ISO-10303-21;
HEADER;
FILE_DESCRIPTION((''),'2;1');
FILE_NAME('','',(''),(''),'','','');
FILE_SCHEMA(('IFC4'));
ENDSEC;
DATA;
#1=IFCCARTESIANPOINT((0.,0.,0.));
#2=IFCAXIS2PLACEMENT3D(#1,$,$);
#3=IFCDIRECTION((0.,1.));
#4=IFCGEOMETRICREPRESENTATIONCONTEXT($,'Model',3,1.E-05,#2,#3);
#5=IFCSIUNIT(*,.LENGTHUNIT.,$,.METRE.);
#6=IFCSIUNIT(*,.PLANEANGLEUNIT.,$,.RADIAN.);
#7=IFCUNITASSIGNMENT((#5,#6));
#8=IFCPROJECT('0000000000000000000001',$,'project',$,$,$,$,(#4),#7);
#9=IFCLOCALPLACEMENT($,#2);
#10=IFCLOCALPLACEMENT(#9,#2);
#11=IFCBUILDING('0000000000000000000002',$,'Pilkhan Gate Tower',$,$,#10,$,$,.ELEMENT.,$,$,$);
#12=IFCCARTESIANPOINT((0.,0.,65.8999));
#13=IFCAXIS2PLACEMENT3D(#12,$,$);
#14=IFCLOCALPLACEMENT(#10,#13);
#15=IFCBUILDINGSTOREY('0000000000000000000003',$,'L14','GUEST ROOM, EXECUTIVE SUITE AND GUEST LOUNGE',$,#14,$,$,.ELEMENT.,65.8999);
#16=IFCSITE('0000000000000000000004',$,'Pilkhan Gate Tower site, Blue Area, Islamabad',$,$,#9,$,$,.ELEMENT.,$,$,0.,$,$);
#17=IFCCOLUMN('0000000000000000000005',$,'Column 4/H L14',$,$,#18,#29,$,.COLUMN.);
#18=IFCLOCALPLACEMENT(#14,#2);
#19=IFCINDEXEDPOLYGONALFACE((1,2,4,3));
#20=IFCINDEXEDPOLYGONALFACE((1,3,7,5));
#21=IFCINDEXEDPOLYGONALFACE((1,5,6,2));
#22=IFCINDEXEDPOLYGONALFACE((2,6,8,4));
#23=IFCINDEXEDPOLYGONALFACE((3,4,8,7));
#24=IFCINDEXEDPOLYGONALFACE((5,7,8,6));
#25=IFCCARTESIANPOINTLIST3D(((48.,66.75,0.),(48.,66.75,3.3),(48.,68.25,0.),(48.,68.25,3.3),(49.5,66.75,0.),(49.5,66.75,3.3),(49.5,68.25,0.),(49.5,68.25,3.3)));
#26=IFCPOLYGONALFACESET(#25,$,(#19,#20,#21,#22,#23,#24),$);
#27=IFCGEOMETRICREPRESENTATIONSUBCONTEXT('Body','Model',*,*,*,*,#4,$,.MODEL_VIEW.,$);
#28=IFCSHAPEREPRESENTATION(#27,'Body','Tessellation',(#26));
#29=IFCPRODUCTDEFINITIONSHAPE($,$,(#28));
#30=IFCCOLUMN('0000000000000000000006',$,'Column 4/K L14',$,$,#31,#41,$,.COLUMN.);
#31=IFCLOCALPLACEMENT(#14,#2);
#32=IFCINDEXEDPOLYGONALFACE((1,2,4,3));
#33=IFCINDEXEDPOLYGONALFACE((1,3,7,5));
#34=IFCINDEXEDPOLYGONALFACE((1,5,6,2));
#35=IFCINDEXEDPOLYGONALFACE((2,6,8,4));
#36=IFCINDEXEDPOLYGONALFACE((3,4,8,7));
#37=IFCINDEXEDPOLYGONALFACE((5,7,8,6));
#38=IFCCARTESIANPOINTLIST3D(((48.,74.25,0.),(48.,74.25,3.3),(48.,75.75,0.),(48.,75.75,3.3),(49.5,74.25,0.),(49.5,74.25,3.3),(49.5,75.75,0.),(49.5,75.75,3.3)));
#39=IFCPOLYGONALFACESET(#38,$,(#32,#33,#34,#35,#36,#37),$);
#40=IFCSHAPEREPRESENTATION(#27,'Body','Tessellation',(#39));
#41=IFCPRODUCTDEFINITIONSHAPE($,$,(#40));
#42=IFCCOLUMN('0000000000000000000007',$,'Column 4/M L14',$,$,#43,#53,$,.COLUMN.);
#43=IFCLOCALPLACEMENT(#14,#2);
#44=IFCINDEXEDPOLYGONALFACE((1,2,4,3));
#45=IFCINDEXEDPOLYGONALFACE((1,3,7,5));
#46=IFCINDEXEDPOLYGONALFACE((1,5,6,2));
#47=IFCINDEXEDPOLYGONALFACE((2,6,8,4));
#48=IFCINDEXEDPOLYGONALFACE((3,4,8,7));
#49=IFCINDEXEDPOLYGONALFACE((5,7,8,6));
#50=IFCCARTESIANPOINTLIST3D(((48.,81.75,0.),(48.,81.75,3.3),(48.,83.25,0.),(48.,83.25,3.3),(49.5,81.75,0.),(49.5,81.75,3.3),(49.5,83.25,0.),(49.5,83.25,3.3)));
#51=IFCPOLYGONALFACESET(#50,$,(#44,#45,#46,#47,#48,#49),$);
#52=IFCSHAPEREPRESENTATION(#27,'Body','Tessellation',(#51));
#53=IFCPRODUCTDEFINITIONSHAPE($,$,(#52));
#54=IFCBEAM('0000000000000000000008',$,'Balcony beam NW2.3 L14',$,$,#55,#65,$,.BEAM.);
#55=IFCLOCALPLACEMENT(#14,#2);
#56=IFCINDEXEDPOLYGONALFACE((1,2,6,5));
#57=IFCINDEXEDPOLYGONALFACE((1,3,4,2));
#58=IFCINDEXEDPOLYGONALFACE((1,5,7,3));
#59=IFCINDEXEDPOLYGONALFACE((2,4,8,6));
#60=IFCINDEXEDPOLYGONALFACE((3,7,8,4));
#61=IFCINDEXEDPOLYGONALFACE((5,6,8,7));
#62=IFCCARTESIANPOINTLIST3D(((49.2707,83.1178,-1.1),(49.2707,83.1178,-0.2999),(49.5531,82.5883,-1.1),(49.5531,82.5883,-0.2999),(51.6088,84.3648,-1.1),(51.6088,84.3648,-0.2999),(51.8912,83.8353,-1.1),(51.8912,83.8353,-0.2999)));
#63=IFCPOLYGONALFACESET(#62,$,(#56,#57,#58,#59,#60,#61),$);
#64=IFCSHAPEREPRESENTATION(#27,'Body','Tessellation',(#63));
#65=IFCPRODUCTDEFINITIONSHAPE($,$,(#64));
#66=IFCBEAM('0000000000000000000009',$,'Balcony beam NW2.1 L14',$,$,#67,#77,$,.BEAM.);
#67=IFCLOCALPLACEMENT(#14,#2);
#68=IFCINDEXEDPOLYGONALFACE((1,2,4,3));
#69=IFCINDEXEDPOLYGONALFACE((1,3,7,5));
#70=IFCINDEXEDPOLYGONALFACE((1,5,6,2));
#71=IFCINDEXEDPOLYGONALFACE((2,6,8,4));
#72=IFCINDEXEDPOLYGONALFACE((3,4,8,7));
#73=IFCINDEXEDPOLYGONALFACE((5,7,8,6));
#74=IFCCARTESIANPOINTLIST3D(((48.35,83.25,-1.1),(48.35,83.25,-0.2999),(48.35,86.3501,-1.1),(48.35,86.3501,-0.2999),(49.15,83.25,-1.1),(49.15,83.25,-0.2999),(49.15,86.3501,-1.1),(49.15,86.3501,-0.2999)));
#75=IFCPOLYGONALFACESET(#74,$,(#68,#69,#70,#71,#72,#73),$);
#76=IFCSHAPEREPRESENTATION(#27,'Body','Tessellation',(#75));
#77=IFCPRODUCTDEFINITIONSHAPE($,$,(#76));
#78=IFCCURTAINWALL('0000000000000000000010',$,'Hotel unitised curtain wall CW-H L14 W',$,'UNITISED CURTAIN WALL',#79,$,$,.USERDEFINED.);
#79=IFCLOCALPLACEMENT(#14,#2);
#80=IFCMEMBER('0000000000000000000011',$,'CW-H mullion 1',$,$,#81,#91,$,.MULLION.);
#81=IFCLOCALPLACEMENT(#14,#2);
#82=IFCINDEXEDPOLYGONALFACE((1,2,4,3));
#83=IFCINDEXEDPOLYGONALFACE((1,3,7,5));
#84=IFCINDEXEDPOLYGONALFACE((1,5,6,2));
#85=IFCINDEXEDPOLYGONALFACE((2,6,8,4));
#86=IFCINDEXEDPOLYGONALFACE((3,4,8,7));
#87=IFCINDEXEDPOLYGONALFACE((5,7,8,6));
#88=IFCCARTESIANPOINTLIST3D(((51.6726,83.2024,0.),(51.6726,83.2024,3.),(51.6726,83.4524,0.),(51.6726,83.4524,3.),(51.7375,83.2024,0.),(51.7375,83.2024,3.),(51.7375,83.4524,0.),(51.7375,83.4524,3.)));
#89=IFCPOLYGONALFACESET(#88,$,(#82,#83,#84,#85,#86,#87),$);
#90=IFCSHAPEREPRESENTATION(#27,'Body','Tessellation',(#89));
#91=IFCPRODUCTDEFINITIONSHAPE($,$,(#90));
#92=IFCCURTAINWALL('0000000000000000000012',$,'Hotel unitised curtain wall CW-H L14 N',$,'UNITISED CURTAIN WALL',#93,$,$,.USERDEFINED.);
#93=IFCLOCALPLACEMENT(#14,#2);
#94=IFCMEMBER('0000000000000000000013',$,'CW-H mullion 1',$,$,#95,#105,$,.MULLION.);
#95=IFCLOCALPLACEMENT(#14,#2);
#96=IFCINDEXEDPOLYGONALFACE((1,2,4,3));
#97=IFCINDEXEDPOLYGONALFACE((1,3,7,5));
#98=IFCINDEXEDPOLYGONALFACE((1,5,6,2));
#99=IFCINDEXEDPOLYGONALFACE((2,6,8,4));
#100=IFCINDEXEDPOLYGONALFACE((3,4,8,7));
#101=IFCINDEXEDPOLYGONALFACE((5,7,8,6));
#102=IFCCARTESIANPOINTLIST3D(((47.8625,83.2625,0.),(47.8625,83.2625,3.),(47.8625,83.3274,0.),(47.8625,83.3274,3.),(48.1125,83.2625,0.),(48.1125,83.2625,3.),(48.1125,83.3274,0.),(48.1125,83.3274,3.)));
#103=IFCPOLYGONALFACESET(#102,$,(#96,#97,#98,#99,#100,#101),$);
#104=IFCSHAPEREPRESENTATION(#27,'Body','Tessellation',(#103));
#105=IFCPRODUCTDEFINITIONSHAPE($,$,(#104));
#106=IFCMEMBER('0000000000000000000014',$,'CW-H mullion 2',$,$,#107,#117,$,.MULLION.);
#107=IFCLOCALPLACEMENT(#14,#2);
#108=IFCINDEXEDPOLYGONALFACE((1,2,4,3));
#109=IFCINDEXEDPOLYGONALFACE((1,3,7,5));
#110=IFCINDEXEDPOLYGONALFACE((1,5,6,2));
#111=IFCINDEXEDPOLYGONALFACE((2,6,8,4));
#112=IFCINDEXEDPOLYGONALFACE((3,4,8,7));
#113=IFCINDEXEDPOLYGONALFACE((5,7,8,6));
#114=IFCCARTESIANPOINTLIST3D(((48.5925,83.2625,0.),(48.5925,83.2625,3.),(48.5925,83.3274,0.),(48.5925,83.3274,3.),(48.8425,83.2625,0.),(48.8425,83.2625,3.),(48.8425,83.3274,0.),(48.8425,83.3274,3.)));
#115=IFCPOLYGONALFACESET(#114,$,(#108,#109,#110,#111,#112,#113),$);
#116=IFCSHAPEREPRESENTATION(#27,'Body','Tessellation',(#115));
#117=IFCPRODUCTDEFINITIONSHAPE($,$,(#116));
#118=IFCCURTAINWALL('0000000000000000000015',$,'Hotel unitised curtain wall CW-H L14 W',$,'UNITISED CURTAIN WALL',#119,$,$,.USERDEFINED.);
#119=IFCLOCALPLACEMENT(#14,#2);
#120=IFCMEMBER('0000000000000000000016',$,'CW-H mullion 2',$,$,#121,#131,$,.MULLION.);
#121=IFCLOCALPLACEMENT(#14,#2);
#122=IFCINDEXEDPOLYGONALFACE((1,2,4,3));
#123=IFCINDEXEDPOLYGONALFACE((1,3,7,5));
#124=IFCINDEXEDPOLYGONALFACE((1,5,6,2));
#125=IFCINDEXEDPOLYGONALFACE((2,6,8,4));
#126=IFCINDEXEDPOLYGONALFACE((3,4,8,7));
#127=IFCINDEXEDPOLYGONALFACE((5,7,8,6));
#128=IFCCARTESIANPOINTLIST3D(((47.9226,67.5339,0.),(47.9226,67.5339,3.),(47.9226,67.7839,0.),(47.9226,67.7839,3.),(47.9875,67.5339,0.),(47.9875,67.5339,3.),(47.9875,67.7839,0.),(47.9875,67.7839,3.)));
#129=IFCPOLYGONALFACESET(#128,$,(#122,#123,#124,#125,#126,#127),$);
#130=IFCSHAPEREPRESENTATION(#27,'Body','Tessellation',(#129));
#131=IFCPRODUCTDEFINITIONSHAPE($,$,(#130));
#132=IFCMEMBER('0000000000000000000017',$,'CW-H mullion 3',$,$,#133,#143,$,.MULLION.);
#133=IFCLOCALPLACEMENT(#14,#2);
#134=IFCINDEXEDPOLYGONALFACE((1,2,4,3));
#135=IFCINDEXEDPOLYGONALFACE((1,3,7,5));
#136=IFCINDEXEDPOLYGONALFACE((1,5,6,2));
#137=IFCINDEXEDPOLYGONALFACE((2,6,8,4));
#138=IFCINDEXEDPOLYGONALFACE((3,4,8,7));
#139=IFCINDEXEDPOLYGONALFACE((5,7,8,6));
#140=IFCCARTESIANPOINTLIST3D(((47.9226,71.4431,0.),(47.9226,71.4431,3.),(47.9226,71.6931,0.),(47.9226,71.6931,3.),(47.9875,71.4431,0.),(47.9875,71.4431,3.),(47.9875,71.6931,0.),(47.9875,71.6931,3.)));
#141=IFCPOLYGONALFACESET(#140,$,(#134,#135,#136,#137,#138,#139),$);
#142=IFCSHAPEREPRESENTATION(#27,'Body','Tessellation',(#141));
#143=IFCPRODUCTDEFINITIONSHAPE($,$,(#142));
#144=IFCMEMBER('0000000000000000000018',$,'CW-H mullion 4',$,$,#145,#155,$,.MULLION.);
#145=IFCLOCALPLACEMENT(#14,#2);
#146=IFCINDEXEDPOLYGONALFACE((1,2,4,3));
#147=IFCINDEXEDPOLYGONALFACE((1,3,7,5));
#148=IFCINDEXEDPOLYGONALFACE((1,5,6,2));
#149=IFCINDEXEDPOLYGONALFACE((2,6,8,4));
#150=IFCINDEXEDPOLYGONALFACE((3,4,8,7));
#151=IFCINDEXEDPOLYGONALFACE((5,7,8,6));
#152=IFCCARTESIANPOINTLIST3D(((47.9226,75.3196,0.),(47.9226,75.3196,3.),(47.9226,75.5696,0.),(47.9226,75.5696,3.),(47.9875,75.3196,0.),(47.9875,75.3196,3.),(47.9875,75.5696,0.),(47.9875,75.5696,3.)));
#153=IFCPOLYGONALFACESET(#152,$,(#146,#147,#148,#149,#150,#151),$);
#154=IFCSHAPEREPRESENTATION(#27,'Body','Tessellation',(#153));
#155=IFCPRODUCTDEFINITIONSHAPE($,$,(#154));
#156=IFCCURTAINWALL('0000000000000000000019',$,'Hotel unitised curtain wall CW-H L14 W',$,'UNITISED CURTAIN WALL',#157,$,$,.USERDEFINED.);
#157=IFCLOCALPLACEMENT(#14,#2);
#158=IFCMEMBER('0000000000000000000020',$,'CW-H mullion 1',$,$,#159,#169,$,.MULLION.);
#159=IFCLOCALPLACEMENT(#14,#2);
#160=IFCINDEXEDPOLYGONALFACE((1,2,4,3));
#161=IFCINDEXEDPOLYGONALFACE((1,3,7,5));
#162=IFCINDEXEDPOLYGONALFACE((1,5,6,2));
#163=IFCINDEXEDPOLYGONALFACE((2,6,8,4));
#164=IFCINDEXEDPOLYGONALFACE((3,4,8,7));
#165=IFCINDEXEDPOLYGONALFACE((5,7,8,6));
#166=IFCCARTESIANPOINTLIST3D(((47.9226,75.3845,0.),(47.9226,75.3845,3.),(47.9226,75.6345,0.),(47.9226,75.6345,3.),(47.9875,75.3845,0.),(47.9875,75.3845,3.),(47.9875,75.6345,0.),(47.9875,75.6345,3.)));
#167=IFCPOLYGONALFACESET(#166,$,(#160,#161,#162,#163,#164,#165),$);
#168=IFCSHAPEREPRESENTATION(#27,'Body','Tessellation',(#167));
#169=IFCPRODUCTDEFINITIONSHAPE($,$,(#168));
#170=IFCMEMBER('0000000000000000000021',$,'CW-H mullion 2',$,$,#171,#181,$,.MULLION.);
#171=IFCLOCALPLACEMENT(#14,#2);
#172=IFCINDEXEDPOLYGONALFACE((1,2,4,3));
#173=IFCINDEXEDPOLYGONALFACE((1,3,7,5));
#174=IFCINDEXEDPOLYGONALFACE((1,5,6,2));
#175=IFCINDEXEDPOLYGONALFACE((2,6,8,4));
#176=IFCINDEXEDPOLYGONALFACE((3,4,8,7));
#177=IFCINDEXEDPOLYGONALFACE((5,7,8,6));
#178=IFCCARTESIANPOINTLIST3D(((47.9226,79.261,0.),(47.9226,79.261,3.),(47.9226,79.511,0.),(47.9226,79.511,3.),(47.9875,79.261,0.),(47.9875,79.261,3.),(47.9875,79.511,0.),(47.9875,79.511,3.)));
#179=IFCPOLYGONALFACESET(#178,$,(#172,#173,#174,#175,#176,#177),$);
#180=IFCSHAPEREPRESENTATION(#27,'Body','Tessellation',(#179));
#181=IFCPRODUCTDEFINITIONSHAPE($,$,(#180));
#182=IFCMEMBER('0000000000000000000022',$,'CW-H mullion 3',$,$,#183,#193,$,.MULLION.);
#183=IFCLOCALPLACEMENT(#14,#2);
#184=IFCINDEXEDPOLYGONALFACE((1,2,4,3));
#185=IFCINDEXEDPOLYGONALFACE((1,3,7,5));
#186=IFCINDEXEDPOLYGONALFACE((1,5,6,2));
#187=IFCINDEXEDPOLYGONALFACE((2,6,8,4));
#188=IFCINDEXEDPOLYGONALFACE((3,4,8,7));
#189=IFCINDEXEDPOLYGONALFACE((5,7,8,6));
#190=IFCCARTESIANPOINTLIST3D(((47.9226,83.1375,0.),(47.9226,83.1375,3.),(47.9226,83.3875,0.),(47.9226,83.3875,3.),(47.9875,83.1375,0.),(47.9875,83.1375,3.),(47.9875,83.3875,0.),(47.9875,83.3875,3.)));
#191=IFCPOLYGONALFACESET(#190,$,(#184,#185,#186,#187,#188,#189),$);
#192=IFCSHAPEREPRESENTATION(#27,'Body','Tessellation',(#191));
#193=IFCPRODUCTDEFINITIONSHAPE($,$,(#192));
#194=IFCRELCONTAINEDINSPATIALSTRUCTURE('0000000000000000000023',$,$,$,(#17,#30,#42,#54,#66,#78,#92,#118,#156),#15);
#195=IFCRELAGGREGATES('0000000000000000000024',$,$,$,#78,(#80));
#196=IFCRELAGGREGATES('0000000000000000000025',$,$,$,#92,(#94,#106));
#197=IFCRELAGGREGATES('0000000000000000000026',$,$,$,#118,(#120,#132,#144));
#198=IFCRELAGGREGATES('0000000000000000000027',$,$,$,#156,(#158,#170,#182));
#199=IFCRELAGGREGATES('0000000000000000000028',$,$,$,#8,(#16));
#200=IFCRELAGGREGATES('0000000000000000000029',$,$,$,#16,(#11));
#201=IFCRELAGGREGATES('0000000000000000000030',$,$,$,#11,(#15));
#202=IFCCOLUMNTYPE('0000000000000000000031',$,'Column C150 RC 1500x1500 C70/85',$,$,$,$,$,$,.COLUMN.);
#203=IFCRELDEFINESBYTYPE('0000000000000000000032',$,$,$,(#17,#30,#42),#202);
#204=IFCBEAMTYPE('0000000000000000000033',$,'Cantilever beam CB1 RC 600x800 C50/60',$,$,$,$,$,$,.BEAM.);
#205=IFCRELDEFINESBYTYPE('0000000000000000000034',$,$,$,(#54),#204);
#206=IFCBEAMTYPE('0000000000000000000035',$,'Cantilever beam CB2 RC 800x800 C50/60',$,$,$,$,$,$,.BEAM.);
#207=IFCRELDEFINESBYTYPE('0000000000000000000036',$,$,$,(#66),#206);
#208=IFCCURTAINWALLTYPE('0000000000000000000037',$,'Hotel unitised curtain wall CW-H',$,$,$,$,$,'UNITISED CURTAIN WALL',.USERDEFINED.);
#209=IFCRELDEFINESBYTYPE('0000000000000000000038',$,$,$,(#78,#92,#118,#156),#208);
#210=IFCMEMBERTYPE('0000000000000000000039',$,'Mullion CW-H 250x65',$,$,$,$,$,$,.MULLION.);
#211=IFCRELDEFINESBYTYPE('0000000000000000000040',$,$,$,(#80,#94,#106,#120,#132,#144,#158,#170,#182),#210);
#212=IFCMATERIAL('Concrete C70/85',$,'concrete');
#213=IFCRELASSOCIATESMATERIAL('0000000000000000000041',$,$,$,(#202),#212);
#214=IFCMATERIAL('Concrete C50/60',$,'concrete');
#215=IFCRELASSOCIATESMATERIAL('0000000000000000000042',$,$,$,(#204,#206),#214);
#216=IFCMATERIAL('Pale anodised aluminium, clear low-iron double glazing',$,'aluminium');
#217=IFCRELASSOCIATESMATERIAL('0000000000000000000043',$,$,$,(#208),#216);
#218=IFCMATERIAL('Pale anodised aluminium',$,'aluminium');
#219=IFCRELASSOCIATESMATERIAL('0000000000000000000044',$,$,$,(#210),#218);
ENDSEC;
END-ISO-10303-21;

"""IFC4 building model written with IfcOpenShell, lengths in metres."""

from ifc_helpers import new_model, si_unit, direction, frame, origin, origin_2d, place, context, subcontext, project, spatial, rectangle, extrude, material, material_profile, profile_set, type_object, element, aggregate, save


model = new_model("IFC4")

# Units and contexts
model_context = context("Model", 3, precision=1e-05, world=origin(), true_north=direction((0.0, 1.0)))
body_context = subcontext(model_context, "Body", "Model", "MODEL_VIEW")
ifc_project = project(units=[si_unit("LENGTHUNIT", "METRE"), si_unit("PLANEANGLEUNIT", "RADIAN")], contexts=[model_context])

# Site, building, storey
site_placement = place(None, origin())
site = spatial("IfcSite", under=ifc_project, at=site_placement, Name="Pilkhan Gate Tower site, Blue Area, Islamabad", CompositionType="ELEMENT", RefElevation=0.0)
building_placement = place(site_placement, origin())
building = spatial("IfcBuilding", under=site, at=building_placement, Name="Pilkhan Gate Tower", CompositionType="ELEMENT")
storey_placement = place(building_placement, frame((0.0, 0.0, 65.8999)))
storey = spatial("IfcBuildingStorey", under=building, at=storey_placement, Name="L14", Description="GUEST ROOM, EXECUTIVE SUITE AND GUEST LOUNGE", CompositionType="ELEMENT", Elevation=65.8999)

# Columns
ifc_material_1 = material(Name="Concrete C70/85", Category="concrete")
ifc_material_profile_1 = material_profile(ifc_material_1, rectangle(XDim=1.5, YDim=1.5, at=origin_2d()), Name="RC 1500x1500")
ifc_profile_set_1 = profile_set([ifc_material_profile_1], Name="Concrete C70/85")
column_type = type_object("IfcColumnType", Name="Column C150 RC 1500x1500 C70/85", PredefinedType="COLUMN", material=ifc_profile_set_1)
for number, where, z_axis, x_axis, name in (
    (1, (48.75, 67.5, 0.0), (0.0, 0.0, 1.0), (1.0, 0.0, 0.0), "Column 4/H L14"),
    (2, (48.75, 75.0, 0.0), (0.0, 0.0, 1.0), (1.0, 0.0, 0.0), "Column 4/K L14"),
    (3, (48.75, 82.5, 0.0), (0.0, 0.0, 1.0), (1.0, 0.0, 0.0), "Column 4/M L14"),
):
    element("IfcColumn", number, at=place(storey_placement, frame(where, z_axis=z_axis, x_axis=x_axis)), inside=storey, type_object=column_type, Name=name, PredefinedType="COLUMN", context=body_context, shape_type="SweptSolid", body=[
        extrude(rectangle(XDim=1.5, YDim=1.5, at=origin_2d()), origin(), (0.0, 0.0, 1.0), 3.3),
    ])

# Beams
ifc_material_2 = material(Name="Concrete C50/60", Category="concrete")
ifc_material_profile_2 = material_profile(ifc_material_2, rectangle(XDim=0.6001, YDim=0.8, at=origin_2d()), Name="RC 600x800")
ifc_profile_set_2 = profile_set([ifc_material_profile_2], Name="Concrete C50/60")
beam_type_1 = type_object("IfcBeamType", Name="Cantilever beam CB1 RC 600x800 C50/60", PredefinedType="BEAM", material=ifc_profile_set_2)
beam_1_placement = place(storey_placement, frame((49.4119, 82.853, -0.7), z_axis=(0.882343, 0.470607, 0.0), x_axis=(-0.470607, 0.882343, 0.0)))
element("IfcBeam", 4, at=beam_1_placement, inside=storey, type_object=beam_type_1, Name="Balcony beam NW2.3 L14", PredefinedType="BEAM", context=body_context, shape_type="SweptSolid", body=[
    extrude(rectangle(XDim=0.6001, YDim=0.8, at=origin_2d()), origin(), (0.0, 0.0, 1.0), 2.6499),
])
ifc_material_profile_3 = material_profile(ifc_material_2, rectangle(XDim=0.8, YDim=0.8, at=origin_2d()), Name="RC 800x800")
ifc_profile_set_3 = profile_set([ifc_material_profile_3], Name="Concrete C50/60")
beam_type_2 = type_object("IfcBeamType", Name="Cantilever beam CB2 RC 800x800 C50/60", PredefinedType="BEAM", material=ifc_profile_set_3)
beam_2_placement = place(storey_placement, frame((48.75, 83.25, -0.7), z_axis=(0.0, 1.0, 0.0), x_axis=(-1.0, 0.0, 0.0)))
element("IfcBeam", 5, at=beam_2_placement, inside=storey, type_object=beam_type_2, Name="Balcony beam NW2.1 L14", PredefinedType="BEAM", context=body_context, shape_type="SweptSolid", body=[
    extrude(rectangle(XDim=0.8, YDim=0.8, at=origin_2d()), origin(), (0.0, 0.0, 1.0), 3.1001),
])

# Curtain wall, member
ifc_material_3 = material(Name="Pale anodised aluminium, clear low-iron double glazing", Category="aluminium")
curtain_wall_type = type_object("IfcCurtainWallType", Name="Hotel unitised curtain wall CW-H", ElementType="UNITISED CURTAIN WALL", PredefinedType="USERDEFINED", material=ifc_material_3)
curtain_wall_1_placement = place(storey_placement, origin())
curtain_wall_1 = element("IfcCurtainWall", 6, at=curtain_wall_1_placement, inside=storey, type_object=curtain_wall_type, Name="Hotel unitised curtain wall CW-H L14 W", ObjectType="UNITISED CURTAIN WALL", PredefinedType="USERDEFINED")
ifc_material_4 = material(Name="Pale anodised aluminium", Category="aluminium")
ifc_material_profile_4 = material_profile(ifc_material_4, rectangle(XDim=0.0649, YDim=0.25, at=origin_2d()), Name="Mullion 250x65")
ifc_profile_set_4 = profile_set([ifc_material_profile_4], Name="Pale anodised aluminium")
member_type_1 = type_object("IfcMemberType", Name="Mullion CW-H 250x65", PredefinedType="MULLION", material=ifc_profile_set_4)
member_1_placement = place(storey_placement, frame((51.7051, 83.3274, 0.0), z_axis=(0.0, 0.0, 1.0), x_axis=(-1.0, 0.0, 0.0)))
member_1 = element("IfcMember", 7, at=member_1_placement, type_object=member_type_1, Name="CW-H mullion 1", PredefinedType="MULLION", context=body_context, shape_type="SweptSolid", body=[
    extrude(rectangle(XDim=0.0649, YDim=0.25, at=origin_2d()), origin(), (0.0, 0.0, 1.0), 3.0),
])

# Curtain walls, members
curtain_wall_2_placement = place(storey_placement, origin())
curtain_wall_2 = element("IfcCurtainWall", 8, at=curtain_wall_2_placement, inside=storey, type_object=curtain_wall_type, Name="Hotel unitised curtain wall CW-H L14 N", ObjectType="UNITISED CURTAIN WALL", PredefinedType="USERDEFINED")
member_2_placement = place(storey_placement, frame((47.9875, 83.2949, 0.0), z_axis=(0.0, 0.0, 1.0), x_axis=(0.0, 1.0, 0.0)))
member_2 = element("IfcMember", 9, at=member_2_placement, type_object=member_type_1, Name="CW-H mullion 1", PredefinedType="MULLION", context=body_context, shape_type="SweptSolid", body=[
    extrude(rectangle(XDim=0.0649, YDim=0.25, at=origin_2d()), origin(), (0.0, 0.0, 1.0), 3.0),
])
member_3_placement = place(storey_placement, frame((48.7175, 83.2949, 0.0), z_axis=(0.0, 0.0, 1.0), x_axis=(0.0, 1.0, 0.0)))
member_3 = element("IfcMember", 10, at=member_3_placement, type_object=member_type_1, Name="CW-H mullion 2", PredefinedType="MULLION", context=body_context, shape_type="SweptSolid", body=[
    extrude(rectangle(XDim=0.0649, YDim=0.25, at=origin_2d()), origin(), (0.0, 0.0, 1.0), 3.0),
])
curtain_wall_3_placement = place(storey_placement, origin())
curtain_wall_3 = element("IfcCurtainWall", 11, at=curtain_wall_3_placement, inside=storey, type_object=curtain_wall_type, Name="Hotel unitised curtain wall CW-H L14 W", ObjectType="UNITISED CURTAIN WALL", PredefinedType="USERDEFINED")
member_4_placement = place(storey_placement, frame((47.9551, 67.6589, 0.0), z_axis=(0.0, 0.0, 1.0), x_axis=(-1.0, 0.0, 0.0)))
member_4 = element("IfcMember", 12, at=member_4_placement, type_object=member_type_1, Name="CW-H mullion 2", PredefinedType="MULLION", context=body_context, shape_type="SweptSolid", body=[
    extrude(rectangle(XDim=0.0649, YDim=0.25, at=origin_2d()), origin(), (0.0, 0.0, 1.0), 3.0),
])
member_5_placement = place(storey_placement, frame((47.9551, 71.5681, 0.0), z_axis=(0.0, 0.0, 1.0), x_axis=(-1.0, 0.0, 0.0)))
member_5 = element("IfcMember", 13, at=member_5_placement, type_object=member_type_1, Name="CW-H mullion 3", PredefinedType="MULLION", context=body_context, shape_type="SweptSolid", body=[
    extrude(rectangle(XDim=0.0649, YDim=0.25, at=origin_2d()), origin(), (0.0, 0.0, 1.0), 3.0),
])
member_6_placement = place(storey_placement, frame((47.9551, 75.4446, 0.0), z_axis=(0.0, 0.0, 1.0), x_axis=(-1.0, 0.0, 0.0)))
member_6 = element("IfcMember", 14, at=member_6_placement, type_object=member_type_1, Name="CW-H mullion 4", PredefinedType="MULLION", context=body_context, shape_type="SweptSolid", body=[
    extrude(rectangle(XDim=0.0649, YDim=0.25, at=origin_2d()), origin(), (0.0, 0.0, 1.0), 3.0),
])
curtain_wall_4_placement = place(storey_placement, origin())
curtain_wall_4 = element("IfcCurtainWall", 15, at=curtain_wall_4_placement, inside=storey, type_object=curtain_wall_type, Name="Hotel unitised curtain wall CW-H L14 W", ObjectType="UNITISED CURTAIN WALL", PredefinedType="USERDEFINED")
member_7_placement = place(storey_placement, frame((47.9551, 75.5095, 0.0), z_axis=(0.0, 0.0, 1.0), x_axis=(-1.0, 0.0, 0.0)))
member_7 = element("IfcMember", 16, at=member_7_placement, type_object=member_type_1, Name="CW-H mullion 1", PredefinedType="MULLION", context=body_context, shape_type="SweptSolid", body=[
    extrude(rectangle(XDim=0.0649, YDim=0.25, at=origin_2d()), origin(), (0.0, 0.0, 1.0), 3.0),
])
member_8_placement = place(storey_placement, frame((47.9551, 79.386, 0.0), z_axis=(0.0, 0.0, 1.0), x_axis=(-1.0, 0.0, 0.0)))
member_8 = element("IfcMember", 17, at=member_8_placement, type_object=member_type_1, Name="CW-H mullion 2", PredefinedType="MULLION", context=body_context, shape_type="SweptSolid", body=[
    extrude(rectangle(XDim=0.0649, YDim=0.25, at=origin_2d()), origin(), (0.0, 0.0, 1.0), 3.0),
])
member_9_placement = place(storey_placement, frame((47.9551, 83.2625, 0.0), z_axis=(0.0, 0.0, 1.0), x_axis=(-1.0, 0.0, 0.0)))
member_9 = element("IfcMember", 18, at=member_9_placement, type_object=member_type_1, Name="CW-H mullion 3", PredefinedType="MULLION", context=body_context, shape_type="SweptSolid", body=[
    extrude(rectangle(XDim=0.0649, YDim=0.25, at=origin_2d()), origin(), (0.0, 0.0, 1.0), 3.0),
])

aggregate(curtain_wall_1, [member_1])

aggregate(curtain_wall_2, [member_2, member_3])
aggregate(curtain_wall_3, [member_4, member_5, member_6])
aggregate(curtain_wall_4, [member_7, member_8, member_9])

save(model, "model.ifc")
